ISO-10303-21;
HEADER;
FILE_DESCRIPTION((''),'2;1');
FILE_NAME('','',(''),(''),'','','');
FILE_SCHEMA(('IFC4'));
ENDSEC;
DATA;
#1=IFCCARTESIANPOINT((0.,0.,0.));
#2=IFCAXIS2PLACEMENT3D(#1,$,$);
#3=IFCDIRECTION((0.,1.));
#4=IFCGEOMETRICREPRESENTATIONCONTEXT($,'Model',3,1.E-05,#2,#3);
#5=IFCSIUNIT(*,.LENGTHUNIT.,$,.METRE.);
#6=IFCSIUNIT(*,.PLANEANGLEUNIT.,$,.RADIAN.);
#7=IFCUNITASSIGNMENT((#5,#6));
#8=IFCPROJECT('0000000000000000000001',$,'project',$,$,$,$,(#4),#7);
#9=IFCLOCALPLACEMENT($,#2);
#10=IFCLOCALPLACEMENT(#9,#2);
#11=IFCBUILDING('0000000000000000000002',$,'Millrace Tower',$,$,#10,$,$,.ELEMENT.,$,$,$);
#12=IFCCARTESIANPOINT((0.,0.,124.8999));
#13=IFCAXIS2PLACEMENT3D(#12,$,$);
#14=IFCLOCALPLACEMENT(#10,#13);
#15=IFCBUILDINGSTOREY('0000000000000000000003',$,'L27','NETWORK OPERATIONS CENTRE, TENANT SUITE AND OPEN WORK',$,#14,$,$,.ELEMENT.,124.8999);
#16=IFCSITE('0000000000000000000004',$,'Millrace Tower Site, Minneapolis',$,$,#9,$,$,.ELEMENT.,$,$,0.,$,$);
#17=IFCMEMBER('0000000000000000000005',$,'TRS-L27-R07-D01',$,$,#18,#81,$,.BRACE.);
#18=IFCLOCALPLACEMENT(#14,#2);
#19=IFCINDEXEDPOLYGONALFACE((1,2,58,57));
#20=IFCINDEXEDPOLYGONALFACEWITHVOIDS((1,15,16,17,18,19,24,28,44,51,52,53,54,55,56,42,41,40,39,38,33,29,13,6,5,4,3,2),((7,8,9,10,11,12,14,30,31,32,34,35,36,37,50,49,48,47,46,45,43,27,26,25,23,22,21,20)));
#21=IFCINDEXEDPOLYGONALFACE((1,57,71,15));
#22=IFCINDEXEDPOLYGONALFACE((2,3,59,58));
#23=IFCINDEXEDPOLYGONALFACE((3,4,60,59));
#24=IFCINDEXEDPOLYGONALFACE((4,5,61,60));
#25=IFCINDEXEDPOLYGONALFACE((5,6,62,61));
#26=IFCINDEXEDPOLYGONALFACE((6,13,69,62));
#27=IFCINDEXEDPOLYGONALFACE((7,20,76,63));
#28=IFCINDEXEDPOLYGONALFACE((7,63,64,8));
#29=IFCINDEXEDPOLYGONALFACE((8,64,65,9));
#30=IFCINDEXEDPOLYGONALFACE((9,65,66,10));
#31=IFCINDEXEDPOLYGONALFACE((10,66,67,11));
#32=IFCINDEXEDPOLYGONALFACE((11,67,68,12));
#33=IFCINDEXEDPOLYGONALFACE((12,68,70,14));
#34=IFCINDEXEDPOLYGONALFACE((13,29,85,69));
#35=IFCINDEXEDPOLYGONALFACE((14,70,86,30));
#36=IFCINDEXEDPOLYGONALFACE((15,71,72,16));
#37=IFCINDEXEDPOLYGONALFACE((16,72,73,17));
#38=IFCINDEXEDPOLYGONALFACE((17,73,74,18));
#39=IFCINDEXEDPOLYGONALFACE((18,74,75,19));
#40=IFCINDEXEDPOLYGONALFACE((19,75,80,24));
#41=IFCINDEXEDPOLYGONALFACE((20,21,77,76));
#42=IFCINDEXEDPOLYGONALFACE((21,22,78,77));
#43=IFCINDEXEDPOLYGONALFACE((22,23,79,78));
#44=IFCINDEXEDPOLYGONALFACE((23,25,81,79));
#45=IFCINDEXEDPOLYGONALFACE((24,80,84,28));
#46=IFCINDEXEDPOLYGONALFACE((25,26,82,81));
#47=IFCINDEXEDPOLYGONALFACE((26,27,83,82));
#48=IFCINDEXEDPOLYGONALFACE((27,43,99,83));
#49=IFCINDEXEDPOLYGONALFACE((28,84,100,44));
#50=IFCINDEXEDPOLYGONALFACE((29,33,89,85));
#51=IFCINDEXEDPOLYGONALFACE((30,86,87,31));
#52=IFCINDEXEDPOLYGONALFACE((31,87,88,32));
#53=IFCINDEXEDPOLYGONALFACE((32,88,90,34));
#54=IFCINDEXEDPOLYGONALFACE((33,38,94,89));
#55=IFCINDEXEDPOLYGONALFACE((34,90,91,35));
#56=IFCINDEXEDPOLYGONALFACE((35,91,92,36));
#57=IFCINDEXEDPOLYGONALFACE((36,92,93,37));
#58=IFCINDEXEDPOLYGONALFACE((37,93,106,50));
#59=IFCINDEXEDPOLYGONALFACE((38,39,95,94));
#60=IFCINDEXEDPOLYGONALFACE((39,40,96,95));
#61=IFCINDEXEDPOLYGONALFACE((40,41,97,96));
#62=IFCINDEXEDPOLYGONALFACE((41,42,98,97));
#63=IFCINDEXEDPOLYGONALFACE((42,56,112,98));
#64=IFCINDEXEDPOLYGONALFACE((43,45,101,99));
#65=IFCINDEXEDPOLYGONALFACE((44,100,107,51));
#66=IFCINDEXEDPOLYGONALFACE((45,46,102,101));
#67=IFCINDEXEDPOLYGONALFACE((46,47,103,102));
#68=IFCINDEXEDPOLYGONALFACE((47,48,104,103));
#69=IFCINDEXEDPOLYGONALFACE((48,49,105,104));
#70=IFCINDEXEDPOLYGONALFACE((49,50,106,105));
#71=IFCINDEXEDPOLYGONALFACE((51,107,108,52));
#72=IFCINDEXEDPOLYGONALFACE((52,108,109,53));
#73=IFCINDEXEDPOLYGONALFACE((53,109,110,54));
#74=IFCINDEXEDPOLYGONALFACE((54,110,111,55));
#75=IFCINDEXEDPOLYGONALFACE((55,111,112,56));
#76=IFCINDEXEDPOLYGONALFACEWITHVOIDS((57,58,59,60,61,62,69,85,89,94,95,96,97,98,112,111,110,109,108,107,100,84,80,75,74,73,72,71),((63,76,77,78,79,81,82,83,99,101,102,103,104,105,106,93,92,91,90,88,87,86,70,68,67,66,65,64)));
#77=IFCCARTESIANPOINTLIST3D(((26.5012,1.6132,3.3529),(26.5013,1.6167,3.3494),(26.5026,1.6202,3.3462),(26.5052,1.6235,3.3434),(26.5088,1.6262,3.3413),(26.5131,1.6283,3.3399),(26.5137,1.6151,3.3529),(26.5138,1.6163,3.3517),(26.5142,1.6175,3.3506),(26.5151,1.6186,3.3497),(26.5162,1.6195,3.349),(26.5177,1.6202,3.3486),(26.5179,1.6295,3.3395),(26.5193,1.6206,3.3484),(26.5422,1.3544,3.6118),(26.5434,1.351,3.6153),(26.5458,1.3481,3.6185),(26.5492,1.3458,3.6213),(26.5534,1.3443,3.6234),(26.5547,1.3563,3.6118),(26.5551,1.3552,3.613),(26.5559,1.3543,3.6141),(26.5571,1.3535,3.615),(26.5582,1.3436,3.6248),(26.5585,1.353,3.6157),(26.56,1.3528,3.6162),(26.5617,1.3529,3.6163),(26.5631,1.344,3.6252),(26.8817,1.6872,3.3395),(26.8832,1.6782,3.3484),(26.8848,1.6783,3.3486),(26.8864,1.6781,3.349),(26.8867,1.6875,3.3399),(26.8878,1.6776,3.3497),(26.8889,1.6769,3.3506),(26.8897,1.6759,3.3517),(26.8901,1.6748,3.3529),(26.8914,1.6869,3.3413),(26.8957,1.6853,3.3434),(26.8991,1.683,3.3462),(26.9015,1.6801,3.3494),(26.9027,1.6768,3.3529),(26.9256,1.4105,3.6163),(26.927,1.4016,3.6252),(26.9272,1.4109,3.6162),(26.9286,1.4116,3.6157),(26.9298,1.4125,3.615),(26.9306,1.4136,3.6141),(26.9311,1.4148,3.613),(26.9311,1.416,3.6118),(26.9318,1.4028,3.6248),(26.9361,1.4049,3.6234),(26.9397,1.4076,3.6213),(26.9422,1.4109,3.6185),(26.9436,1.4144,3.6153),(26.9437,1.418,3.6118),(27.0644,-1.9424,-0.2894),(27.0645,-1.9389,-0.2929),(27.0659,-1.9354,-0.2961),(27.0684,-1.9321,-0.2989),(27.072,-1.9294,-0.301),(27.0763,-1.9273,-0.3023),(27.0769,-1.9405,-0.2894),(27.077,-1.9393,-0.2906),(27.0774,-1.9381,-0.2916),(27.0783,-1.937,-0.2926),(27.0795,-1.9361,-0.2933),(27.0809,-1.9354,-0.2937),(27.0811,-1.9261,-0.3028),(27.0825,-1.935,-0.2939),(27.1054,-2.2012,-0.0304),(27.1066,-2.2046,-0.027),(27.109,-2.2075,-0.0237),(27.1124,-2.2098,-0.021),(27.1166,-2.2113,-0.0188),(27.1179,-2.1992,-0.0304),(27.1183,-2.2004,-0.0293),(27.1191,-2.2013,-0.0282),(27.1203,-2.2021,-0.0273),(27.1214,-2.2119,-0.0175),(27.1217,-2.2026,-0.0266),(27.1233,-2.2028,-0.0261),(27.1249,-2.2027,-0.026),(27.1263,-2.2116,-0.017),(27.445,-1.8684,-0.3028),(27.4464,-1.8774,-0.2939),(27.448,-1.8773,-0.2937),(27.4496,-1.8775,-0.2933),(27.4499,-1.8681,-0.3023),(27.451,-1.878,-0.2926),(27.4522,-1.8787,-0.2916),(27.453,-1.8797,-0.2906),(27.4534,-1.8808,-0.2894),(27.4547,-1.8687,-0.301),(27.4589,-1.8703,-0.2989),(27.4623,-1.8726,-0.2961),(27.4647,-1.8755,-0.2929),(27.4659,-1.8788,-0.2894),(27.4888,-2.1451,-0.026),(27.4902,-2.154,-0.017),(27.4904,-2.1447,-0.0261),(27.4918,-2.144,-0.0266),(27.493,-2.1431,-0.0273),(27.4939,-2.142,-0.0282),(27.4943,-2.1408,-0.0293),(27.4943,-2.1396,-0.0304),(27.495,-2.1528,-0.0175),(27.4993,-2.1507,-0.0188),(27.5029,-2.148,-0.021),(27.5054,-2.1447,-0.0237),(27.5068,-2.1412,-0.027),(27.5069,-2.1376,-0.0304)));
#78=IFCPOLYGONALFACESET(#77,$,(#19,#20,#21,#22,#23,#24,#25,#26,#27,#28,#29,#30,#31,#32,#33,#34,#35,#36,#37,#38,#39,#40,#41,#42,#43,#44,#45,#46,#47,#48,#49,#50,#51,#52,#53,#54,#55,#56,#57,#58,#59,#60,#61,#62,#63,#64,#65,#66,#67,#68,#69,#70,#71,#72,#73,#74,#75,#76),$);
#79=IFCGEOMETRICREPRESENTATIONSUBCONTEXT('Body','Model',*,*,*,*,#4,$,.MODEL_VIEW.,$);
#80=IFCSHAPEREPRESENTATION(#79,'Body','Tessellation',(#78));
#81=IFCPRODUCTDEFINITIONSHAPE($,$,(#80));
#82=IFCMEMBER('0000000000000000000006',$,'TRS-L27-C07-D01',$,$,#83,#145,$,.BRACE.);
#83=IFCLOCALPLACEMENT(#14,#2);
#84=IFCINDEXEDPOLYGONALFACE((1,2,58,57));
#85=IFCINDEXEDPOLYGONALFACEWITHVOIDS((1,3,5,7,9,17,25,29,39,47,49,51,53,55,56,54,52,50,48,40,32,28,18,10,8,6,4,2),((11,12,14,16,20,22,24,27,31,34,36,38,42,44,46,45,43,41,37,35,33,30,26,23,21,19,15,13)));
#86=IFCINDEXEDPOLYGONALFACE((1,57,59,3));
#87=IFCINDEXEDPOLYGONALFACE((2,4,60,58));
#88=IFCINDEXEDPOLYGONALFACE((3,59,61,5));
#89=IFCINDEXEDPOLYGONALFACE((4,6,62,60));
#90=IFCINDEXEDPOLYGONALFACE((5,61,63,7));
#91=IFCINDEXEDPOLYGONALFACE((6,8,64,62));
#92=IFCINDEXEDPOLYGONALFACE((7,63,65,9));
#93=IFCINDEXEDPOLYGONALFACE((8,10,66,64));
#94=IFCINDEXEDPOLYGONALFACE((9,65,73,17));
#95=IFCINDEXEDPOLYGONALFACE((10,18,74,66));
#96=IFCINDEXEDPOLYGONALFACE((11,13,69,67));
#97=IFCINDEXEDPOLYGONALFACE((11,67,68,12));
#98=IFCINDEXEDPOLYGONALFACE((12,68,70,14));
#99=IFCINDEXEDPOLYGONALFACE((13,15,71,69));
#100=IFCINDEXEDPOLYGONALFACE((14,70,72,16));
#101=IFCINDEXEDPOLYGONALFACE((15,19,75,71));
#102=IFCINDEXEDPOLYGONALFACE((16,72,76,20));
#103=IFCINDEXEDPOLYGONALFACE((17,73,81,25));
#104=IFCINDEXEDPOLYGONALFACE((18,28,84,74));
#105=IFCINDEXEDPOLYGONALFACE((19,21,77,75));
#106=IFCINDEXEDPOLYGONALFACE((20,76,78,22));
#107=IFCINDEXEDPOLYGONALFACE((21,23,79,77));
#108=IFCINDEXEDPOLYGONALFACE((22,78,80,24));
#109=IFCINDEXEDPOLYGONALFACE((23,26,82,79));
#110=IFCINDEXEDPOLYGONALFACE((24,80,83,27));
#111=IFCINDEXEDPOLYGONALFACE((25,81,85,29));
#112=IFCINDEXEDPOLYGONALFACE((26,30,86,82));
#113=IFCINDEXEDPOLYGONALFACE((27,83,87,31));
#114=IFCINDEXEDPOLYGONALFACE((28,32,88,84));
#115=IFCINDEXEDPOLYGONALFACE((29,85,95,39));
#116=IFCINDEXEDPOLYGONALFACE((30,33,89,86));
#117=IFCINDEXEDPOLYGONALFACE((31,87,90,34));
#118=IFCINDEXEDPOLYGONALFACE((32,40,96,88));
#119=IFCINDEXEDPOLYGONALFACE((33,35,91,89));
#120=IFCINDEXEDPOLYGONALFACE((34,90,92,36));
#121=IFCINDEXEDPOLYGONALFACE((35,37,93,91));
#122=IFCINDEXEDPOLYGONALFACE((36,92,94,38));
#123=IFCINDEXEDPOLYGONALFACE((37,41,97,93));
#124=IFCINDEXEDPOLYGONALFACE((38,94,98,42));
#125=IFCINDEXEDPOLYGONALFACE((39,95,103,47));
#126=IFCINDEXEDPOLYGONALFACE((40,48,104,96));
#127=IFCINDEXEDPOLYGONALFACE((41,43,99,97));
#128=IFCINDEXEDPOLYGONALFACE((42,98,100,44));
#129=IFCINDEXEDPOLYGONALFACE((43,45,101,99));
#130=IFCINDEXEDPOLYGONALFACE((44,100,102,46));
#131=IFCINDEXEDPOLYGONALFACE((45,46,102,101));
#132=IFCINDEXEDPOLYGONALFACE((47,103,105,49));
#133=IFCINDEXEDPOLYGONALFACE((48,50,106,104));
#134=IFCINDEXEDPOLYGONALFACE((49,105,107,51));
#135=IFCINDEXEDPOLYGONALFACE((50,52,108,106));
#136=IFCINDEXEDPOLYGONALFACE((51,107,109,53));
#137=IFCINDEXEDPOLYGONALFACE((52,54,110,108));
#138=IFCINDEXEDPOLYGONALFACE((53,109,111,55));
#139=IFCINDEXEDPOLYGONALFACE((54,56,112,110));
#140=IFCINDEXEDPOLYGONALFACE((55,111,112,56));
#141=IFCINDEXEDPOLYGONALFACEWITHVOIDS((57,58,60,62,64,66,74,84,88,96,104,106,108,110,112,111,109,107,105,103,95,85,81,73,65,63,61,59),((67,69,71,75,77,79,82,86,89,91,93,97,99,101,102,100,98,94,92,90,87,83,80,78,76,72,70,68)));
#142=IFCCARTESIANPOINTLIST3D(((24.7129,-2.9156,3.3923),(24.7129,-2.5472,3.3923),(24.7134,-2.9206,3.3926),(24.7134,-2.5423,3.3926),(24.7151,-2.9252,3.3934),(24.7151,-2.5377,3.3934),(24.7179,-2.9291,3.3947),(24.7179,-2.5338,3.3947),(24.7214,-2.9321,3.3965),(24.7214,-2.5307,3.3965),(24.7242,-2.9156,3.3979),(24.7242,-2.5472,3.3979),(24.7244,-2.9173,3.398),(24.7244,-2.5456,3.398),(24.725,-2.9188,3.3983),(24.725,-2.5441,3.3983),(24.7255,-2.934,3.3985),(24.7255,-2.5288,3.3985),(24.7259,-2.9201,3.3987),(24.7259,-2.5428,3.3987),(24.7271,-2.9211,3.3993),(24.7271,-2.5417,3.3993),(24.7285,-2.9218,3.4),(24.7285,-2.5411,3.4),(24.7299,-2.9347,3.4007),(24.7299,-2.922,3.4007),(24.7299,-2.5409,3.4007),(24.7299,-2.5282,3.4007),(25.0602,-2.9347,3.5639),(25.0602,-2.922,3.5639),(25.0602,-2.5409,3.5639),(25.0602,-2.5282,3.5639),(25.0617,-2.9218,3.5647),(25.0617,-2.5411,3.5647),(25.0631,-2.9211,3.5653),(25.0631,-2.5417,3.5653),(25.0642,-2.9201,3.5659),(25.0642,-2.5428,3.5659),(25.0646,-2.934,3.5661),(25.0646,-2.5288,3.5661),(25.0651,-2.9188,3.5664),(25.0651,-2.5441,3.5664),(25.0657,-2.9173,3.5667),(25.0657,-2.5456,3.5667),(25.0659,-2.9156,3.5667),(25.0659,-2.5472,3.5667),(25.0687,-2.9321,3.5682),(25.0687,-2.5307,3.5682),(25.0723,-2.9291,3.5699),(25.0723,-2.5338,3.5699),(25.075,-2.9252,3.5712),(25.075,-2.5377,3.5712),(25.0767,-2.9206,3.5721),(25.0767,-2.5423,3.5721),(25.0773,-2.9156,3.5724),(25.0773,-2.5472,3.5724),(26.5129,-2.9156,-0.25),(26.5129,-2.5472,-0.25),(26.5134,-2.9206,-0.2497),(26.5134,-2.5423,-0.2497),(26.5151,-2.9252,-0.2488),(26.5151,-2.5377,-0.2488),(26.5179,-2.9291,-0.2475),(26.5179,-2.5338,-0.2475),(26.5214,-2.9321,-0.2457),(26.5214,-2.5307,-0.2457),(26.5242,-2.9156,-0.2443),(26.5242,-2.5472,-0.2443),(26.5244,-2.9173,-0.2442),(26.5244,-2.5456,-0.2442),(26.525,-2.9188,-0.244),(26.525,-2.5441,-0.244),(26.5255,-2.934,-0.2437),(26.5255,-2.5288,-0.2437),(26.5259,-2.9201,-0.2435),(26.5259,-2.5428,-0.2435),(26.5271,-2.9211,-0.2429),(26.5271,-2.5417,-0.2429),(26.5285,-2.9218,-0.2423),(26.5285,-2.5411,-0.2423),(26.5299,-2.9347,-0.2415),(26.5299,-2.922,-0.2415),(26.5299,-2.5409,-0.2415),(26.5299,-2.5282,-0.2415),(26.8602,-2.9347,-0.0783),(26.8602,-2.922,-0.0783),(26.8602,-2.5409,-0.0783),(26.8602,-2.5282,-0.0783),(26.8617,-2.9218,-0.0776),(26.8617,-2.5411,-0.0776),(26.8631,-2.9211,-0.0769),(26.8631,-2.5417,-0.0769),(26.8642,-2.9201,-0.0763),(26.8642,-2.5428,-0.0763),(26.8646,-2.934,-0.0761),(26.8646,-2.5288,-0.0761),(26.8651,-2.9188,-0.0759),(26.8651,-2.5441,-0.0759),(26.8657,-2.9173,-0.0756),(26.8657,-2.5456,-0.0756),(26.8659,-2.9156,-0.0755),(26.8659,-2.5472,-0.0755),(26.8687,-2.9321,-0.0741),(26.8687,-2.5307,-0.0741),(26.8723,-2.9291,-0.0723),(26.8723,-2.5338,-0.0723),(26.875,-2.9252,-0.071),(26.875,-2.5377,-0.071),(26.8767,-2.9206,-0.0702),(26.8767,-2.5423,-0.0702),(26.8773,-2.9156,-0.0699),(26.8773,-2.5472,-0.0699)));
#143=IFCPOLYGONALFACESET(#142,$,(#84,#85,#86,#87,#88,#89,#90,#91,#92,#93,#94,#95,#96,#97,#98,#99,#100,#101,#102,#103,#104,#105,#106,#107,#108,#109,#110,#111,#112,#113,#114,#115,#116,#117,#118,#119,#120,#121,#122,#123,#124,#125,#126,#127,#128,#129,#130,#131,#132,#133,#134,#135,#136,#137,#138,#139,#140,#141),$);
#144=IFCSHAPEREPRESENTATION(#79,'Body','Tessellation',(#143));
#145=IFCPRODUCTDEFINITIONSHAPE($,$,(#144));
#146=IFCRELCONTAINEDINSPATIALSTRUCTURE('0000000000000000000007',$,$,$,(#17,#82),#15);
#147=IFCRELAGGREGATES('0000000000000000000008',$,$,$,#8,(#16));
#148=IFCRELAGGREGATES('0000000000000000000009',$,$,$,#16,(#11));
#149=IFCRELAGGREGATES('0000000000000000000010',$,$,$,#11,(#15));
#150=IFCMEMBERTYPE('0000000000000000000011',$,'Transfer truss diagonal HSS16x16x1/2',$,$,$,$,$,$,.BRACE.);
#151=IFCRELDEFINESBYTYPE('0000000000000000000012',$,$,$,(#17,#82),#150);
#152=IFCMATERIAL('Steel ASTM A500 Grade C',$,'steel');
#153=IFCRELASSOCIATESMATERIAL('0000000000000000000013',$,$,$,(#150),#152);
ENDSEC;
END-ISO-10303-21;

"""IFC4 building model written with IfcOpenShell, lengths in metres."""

from ifc_helpers import new_model, si_unit, direction, frame, origin, origin_2d, place, context, subcontext, project, spatial, hollow_rectangle, extrude, material, material_profile, profile_set, type_object, element, save


model = new_model("IFC4")

# Units and contexts
model_context = context("Model", 3, precision=1e-05, world=origin(), true_north=direction((0.0, 1.0)))
body_context = subcontext(model_context, "Body", "Model", "MODEL_VIEW")
ifc_project = project(units=[si_unit("LENGTHUNIT", "METRE"), si_unit("PLANEANGLEUNIT", "RADIAN")], contexts=[model_context])

# Site, building, storey
site_placement = place(None, origin())
site = spatial("IfcSite", under=ifc_project, at=site_placement, Name="Millrace Tower Site, Minneapolis", CompositionType="ELEMENT", RefElevation=0.0)
building_placement = place(site_placement, origin())
building = spatial("IfcBuilding", under=site, at=building_placement, Name="Millrace Tower", CompositionType="ELEMENT")
storey_placement = place(building_placement, frame((0.0, 0.0, 124.8999)))
storey = spatial("IfcBuildingStorey", under=building, at=storey_placement, Name="L27", Description="NETWORK OPERATIONS CENTRE, TENANT SUITE AND OPEN WORK", CompositionType="ELEMENT", Elevation=124.8999)

# Members
ifc_material_1 = material(Name="Steel ASTM A500 Grade C", Category="steel")
ifc_material_profile_1 = material_profile(ifc_material_1, hollow_rectangle(XDim=0.4065, YDim=0.4065, WallThickness=0.0127, InnerFilletRadius=0.0063, OuterFilletRadius=0.019, at=origin_2d()))
ifc_profile_set_1 = profile_set([ifc_material_profile_1], Name="Steel ASTM A500 Grade C")
member_type_1 = type_object("IfcMemberType", Name="Transfer truss diagonal HSS16x16x1/2", PredefinedType="BRACE", material=ifc_profile_set_1)
member_1_placement = place(storey_placement, frame((27.2856, -2.04, -0.1599), z_axis=(-0.109981, 0.694304, 0.711228), x_axis=(-0.987685, -0.156454, 0.0)))
element("IfcMember", 1, at=member_1_placement, inside=storey, type_object=member_type_1, Name="TRS-L27-R07-D01", PredefinedType="BRACE", context=body_context, shape_type="SweptSolid", body=[
    extrude(hollow_rectangle(XDim=0.4065, YDim=0.4065, WallThickness=0.0127, InnerFilletRadius=0.0063, OuterFilletRadius=0.019, at=origin_2d()), origin(), (0.0, 0.0, 1.0), 5.1211),
])
member_2_placement = place(storey_placement, frame((26.6951, -2.7314, -0.1599), z_axis=(-0.44305, 0.0, 0.896497), x_axis=(0.0, -1.0, 0.0)))
element("IfcMember", 2, at=member_2_placement, inside=storey, type_object=member_type_1, Name="TRS-L27-C07-D01", PredefinedType="BRACE", context=body_context, shape_type="SweptSolid", body=[
    extrude(hollow_rectangle(XDim=0.4065, YDim=0.4065, WallThickness=0.0127, InnerFilletRadius=0.0063, OuterFilletRadius=0.019, at=origin_2d()), origin(), (0.0, 0.0, 1.0), 4.0627),
])

save(model, "model.ifc")
